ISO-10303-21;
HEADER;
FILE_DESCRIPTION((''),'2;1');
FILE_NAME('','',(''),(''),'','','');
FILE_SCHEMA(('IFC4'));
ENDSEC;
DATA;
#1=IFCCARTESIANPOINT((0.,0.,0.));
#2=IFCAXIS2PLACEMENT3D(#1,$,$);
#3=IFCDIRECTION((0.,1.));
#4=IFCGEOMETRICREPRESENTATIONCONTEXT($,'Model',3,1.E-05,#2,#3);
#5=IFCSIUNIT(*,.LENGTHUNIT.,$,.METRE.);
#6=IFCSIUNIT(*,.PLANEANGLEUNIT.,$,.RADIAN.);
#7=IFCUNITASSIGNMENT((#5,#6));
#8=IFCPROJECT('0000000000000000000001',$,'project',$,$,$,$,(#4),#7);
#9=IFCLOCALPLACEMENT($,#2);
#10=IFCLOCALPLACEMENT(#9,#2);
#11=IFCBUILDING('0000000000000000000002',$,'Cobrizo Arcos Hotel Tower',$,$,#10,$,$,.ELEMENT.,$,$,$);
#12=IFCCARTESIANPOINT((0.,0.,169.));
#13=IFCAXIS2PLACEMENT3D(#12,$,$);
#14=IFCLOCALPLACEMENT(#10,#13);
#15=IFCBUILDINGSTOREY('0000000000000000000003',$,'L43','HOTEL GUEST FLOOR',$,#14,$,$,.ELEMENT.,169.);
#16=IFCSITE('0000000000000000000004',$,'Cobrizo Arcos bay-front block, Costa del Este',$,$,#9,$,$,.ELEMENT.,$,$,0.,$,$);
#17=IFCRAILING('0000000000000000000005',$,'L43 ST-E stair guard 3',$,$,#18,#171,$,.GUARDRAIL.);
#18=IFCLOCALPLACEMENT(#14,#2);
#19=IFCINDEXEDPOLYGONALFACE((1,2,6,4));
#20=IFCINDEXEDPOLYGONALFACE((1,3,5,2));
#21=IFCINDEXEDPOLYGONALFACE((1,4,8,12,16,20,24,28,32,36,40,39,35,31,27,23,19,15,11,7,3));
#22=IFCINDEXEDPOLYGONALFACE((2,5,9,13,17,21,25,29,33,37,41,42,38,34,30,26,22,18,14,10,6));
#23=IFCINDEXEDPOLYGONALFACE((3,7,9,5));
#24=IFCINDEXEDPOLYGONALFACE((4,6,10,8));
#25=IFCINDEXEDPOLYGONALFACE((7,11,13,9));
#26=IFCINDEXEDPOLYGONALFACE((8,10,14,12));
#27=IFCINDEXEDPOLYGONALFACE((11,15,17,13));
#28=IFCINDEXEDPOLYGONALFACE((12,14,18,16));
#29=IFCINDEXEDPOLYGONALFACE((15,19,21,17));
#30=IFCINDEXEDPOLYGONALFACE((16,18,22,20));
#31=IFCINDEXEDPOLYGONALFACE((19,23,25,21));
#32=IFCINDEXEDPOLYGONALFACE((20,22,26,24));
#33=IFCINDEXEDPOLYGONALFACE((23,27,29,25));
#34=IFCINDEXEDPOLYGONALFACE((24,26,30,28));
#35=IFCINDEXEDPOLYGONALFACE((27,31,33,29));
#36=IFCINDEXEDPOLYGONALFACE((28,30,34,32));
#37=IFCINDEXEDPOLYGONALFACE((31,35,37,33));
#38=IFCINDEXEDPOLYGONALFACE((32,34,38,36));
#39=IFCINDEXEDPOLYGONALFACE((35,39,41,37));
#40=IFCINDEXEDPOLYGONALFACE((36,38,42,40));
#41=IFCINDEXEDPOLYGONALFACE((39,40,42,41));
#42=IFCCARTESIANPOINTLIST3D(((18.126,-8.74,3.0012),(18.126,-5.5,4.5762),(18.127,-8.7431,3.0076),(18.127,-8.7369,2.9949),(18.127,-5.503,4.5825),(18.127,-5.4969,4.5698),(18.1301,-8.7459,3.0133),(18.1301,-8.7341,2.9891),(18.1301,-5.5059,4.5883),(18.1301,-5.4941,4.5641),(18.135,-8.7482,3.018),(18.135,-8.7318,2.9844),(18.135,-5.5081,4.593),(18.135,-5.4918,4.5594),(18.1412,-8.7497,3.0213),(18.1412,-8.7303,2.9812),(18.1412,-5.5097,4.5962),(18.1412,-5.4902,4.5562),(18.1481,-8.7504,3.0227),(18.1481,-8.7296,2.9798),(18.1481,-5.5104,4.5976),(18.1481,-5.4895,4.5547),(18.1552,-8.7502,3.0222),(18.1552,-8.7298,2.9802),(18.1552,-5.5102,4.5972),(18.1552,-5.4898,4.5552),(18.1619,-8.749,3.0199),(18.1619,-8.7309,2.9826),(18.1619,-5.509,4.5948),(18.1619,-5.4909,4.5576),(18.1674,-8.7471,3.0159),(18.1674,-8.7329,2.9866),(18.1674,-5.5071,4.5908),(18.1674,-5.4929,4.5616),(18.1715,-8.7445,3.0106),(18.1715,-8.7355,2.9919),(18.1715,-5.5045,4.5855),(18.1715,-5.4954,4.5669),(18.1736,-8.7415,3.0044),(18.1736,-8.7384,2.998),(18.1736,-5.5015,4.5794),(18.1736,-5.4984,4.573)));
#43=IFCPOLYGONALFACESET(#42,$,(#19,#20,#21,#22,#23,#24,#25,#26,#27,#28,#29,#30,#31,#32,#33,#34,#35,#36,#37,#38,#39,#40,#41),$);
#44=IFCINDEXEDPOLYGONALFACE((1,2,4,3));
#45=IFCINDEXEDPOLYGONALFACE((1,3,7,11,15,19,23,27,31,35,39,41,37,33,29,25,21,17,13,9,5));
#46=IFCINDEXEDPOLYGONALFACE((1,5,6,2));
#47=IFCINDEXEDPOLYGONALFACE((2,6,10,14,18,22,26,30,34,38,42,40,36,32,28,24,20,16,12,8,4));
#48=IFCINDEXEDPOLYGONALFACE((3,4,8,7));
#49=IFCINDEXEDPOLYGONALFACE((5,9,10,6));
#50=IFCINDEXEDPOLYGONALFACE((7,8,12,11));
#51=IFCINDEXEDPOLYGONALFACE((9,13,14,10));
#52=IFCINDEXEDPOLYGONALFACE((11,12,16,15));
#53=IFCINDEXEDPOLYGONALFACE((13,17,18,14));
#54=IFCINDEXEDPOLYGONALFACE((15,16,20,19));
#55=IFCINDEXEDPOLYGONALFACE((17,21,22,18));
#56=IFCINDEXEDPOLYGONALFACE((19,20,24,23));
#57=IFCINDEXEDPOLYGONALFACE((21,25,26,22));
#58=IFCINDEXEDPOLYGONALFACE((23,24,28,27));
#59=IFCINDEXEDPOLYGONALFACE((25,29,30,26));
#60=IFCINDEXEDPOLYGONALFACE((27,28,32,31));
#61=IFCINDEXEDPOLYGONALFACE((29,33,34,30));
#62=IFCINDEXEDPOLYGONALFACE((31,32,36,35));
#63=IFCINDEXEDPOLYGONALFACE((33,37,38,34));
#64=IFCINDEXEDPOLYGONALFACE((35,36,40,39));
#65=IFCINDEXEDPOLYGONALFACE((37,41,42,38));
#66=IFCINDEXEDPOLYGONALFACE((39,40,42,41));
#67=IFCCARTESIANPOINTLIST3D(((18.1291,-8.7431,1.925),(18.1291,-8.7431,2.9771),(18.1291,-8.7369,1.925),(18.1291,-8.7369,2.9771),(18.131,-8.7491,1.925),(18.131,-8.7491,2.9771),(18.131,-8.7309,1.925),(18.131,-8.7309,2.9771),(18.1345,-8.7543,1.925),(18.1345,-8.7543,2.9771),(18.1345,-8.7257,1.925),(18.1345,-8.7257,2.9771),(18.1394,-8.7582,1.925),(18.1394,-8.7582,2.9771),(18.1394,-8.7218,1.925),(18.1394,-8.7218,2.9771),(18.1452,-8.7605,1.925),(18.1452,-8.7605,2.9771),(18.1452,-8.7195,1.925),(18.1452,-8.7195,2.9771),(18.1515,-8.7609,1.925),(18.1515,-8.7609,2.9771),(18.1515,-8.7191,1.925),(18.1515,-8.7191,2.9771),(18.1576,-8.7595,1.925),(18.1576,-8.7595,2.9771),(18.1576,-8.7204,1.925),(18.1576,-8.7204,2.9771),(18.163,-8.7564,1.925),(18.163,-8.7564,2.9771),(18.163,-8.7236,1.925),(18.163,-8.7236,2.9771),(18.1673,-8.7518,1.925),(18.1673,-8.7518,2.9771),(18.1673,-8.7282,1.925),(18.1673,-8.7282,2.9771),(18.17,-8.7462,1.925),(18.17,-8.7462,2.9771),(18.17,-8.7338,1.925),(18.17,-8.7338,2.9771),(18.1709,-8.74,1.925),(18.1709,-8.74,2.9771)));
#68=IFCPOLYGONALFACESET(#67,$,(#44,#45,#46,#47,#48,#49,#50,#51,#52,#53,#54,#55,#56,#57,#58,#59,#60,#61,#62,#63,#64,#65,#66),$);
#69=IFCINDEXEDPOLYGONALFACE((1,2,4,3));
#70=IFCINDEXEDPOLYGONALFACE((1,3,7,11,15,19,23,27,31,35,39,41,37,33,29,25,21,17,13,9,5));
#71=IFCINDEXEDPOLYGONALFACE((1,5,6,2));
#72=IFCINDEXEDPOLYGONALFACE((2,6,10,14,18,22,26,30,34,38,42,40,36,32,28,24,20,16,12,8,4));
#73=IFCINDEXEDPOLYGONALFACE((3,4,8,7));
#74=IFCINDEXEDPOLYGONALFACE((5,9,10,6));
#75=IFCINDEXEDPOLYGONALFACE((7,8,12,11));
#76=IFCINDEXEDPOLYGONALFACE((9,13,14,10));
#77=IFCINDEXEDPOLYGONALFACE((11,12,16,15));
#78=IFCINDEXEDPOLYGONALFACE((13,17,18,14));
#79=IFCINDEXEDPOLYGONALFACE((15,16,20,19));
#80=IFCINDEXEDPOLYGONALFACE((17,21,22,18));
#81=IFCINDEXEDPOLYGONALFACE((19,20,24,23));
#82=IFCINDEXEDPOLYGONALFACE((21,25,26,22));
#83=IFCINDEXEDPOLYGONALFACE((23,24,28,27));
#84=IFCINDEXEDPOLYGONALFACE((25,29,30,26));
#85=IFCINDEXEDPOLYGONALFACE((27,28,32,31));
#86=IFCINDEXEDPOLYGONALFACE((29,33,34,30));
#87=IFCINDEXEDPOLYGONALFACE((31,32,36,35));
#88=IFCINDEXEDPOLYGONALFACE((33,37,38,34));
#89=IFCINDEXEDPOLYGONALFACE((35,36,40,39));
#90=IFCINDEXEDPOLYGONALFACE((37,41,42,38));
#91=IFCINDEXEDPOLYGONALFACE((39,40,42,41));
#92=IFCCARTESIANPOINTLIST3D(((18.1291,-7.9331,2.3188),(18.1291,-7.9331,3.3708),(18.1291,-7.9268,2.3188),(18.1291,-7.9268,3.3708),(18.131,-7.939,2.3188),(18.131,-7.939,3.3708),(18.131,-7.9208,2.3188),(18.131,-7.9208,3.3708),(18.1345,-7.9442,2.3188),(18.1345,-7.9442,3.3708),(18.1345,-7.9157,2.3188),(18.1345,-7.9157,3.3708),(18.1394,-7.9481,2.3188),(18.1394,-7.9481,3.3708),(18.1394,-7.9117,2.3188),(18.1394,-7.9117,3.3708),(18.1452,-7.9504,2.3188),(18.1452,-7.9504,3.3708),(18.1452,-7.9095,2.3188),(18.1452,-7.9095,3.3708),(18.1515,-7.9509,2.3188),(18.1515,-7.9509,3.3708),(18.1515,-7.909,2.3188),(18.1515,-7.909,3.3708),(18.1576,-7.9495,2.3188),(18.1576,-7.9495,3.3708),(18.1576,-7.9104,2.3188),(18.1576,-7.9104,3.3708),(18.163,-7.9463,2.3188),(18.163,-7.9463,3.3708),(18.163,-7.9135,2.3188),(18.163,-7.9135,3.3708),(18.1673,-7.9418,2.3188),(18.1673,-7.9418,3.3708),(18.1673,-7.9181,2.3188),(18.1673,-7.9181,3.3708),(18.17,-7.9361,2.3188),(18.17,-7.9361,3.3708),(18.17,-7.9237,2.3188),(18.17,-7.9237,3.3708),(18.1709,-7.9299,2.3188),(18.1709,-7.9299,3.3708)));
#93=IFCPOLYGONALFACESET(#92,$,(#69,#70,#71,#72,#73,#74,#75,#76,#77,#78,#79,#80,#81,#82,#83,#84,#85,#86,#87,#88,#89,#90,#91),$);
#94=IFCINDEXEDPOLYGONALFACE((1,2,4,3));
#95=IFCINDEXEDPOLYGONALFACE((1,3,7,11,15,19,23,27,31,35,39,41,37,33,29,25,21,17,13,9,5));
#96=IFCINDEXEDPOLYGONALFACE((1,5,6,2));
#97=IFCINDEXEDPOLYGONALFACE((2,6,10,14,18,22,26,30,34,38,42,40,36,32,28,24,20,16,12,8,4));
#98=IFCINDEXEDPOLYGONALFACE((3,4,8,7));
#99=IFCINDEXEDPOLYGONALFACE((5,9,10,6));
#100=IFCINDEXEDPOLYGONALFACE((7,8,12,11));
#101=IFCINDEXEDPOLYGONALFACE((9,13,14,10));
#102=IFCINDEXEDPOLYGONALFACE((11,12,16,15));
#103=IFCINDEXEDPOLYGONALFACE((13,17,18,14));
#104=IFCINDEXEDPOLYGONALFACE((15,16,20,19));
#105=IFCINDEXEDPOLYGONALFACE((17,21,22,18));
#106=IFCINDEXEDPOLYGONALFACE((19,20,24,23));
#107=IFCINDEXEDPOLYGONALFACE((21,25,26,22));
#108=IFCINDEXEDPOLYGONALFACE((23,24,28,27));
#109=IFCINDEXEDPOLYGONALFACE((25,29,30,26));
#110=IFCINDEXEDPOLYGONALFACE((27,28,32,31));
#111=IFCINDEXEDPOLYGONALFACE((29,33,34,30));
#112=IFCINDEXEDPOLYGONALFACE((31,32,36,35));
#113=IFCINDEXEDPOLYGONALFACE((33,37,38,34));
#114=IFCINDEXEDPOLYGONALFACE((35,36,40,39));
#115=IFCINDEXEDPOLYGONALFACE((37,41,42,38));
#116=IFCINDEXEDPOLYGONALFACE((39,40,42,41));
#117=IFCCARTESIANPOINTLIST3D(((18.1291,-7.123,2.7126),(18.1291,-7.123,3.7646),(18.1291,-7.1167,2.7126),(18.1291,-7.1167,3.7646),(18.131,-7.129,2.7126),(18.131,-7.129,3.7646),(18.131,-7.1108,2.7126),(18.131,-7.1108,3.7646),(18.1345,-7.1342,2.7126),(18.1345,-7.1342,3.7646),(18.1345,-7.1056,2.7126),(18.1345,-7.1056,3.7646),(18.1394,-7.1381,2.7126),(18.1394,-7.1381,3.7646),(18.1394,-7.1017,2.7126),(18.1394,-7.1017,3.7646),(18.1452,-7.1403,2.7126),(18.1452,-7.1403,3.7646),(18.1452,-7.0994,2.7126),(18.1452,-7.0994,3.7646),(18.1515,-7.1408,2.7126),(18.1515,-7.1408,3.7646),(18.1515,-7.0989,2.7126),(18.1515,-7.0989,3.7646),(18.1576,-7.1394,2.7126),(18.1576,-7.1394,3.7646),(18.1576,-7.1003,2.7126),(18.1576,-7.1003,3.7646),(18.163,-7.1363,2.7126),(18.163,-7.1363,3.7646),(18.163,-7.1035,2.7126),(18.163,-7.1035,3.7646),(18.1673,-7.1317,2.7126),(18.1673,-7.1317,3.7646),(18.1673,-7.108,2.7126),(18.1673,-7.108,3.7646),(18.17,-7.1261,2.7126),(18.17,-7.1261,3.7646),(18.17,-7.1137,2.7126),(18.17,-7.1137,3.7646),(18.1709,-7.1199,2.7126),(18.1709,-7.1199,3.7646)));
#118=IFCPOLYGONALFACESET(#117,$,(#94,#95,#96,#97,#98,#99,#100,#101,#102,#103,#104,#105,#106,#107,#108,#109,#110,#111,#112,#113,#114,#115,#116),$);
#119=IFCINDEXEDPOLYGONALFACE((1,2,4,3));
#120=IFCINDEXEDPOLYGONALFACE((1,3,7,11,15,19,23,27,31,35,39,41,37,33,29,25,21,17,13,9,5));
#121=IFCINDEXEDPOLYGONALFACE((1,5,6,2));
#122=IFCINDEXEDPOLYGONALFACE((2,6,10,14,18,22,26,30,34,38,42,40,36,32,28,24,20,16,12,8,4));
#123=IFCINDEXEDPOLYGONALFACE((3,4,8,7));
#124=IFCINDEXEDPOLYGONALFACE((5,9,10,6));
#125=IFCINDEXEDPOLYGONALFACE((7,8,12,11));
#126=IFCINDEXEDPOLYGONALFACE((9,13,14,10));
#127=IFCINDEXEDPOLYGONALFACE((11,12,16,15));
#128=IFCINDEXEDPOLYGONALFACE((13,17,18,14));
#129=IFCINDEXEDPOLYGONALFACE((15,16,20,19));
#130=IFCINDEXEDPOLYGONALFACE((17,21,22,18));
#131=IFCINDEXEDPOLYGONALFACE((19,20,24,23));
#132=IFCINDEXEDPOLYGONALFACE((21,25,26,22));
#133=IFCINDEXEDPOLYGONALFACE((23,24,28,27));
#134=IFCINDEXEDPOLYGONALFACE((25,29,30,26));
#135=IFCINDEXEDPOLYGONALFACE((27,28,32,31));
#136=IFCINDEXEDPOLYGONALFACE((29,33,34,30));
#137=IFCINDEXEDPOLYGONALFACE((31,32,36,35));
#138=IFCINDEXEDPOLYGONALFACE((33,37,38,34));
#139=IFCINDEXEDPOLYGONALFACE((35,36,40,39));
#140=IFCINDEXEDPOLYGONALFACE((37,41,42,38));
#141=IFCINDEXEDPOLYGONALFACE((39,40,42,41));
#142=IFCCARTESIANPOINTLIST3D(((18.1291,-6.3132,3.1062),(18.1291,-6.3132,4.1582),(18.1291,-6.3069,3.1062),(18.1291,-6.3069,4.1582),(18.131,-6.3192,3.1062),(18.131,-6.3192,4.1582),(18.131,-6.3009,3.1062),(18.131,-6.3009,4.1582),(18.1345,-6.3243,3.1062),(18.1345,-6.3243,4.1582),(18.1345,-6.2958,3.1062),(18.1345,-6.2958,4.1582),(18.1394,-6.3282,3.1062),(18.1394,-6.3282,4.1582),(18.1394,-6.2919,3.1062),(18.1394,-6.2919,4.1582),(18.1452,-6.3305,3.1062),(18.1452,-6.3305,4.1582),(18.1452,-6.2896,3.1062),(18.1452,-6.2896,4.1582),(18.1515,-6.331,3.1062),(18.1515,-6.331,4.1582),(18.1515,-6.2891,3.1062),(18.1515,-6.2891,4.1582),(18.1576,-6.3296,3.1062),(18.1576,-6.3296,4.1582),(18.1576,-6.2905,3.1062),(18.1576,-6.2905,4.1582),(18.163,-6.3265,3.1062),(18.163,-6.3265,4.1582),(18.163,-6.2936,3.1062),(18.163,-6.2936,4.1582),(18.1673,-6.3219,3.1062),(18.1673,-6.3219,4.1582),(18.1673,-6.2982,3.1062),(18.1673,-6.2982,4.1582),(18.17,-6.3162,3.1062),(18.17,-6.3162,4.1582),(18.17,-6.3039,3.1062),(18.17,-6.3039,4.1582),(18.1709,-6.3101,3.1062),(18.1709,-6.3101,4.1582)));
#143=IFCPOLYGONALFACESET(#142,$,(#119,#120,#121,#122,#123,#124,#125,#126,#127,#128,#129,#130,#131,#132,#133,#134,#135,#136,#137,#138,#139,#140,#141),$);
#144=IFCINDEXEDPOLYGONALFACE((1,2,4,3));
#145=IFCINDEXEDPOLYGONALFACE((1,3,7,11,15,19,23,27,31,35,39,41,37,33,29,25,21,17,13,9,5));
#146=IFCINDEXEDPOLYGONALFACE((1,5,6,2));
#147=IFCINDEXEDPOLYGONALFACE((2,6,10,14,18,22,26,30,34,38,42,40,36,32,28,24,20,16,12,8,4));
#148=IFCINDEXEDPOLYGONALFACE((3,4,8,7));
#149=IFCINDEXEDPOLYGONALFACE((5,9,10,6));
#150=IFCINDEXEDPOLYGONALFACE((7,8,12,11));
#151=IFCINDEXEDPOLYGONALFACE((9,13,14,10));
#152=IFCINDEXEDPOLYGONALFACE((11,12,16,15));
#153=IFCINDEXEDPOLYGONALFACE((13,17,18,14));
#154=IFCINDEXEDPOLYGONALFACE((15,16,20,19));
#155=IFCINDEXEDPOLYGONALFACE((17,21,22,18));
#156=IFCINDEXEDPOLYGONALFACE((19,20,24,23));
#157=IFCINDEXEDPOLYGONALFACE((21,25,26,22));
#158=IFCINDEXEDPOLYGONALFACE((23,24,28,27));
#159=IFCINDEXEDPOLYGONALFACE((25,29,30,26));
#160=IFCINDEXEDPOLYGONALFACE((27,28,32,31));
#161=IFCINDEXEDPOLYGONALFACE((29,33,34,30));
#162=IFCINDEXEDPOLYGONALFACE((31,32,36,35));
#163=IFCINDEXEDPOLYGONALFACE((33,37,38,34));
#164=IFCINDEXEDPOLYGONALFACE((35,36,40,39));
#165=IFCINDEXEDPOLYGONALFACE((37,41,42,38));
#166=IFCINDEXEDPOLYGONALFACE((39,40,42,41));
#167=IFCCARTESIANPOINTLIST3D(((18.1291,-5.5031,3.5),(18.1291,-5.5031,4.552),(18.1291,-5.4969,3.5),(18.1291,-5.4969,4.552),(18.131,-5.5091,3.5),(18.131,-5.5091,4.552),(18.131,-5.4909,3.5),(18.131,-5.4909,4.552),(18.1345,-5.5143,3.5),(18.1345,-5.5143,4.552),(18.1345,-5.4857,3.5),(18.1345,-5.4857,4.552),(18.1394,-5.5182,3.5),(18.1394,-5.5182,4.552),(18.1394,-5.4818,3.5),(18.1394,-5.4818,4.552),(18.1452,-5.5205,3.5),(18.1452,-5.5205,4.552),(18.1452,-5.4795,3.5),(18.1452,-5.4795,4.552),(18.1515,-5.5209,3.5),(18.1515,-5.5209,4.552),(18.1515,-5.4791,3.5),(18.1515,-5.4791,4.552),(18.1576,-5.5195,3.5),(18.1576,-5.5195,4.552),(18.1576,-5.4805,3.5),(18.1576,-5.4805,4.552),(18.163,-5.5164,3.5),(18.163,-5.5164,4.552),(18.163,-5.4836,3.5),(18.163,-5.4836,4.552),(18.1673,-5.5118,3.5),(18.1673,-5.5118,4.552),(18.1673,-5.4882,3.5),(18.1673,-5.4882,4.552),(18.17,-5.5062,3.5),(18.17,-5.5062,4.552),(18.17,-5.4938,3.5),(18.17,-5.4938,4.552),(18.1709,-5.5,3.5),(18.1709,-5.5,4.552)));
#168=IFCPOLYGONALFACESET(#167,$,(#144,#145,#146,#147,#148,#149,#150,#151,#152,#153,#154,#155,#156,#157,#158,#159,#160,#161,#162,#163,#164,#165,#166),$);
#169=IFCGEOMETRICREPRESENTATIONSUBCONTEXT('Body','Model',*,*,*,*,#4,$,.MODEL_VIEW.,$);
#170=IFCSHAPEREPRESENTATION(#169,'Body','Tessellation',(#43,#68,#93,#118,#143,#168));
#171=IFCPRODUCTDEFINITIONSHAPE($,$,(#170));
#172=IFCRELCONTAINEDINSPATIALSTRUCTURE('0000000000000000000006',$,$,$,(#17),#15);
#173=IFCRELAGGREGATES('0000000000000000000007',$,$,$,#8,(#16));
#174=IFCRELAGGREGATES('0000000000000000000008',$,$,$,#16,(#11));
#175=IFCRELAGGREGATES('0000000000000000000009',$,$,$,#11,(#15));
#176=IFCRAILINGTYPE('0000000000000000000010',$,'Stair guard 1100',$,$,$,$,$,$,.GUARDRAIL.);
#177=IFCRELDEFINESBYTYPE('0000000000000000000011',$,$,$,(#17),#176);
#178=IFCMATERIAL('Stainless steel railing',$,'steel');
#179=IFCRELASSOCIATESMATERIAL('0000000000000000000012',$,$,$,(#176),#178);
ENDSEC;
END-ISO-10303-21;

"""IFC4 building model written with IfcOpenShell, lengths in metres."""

from ifc_helpers import new_model, si_unit, direction, frame, origin, origin_2d, place, context, subcontext, project, spatial, circle, extrude, material, type_object, element, save


model = new_model("IFC4")

# Units and contexts
model_context = context("Model", 3, precision=1e-05, world=origin(), true_north=direction((0.0, 1.0)))
body_context = subcontext(model_context, "Body", "Model", "MODEL_VIEW")
ifc_project = project(units=[si_unit("LENGTHUNIT", "METRE"), si_unit("PLANEANGLEUNIT", "RADIAN")], contexts=[model_context])

# Site, building, storey
site_placement = place(None, origin())
site = spatial("IfcSite", under=ifc_project, at=site_placement, Name="Cobrizo Arcos bay-front block, Costa del Este", CompositionType="ELEMENT", RefElevation=0.0)
building_placement = place(site_placement, origin())
building = spatial("IfcBuilding", under=site, at=building_placement, Name="Cobrizo Arcos Hotel Tower", CompositionType="ELEMENT")
storey_placement = place(building_placement, frame((0.0, 0.0, 169.0)))
storey = spatial("IfcBuildingStorey", under=building, at=storey_placement, Name="L43", Description="HOTEL GUEST FLOOR", CompositionType="ELEMENT", Elevation=169.0)

# Railing
ifc_material_1 = material(Name="Stainless steel railing", Category="steel")
railing_type_1 = type_object("IfcRailingType", Name="Stair guard 1100", PredefinedType="GUARDRAIL", material=ifc_material_1)
railing_1_placement = place(storey_placement, frame((18.1499, -8.74, 1.925)))
element("IfcRailing", 1, at=railing_1_placement, inside=storey, type_object=railing_type_1, Name="L43 ST-E stair guard 3", PredefinedType="GUARDRAIL", context=body_context, shape_type="SweptSolid", body=[
    extrude(circle(Radius=0.0239, at=origin_2d()), frame((0.0, 0.0, 1.0762), z_axis=(0.0, 0.899373, 0.437183), x_axis=(-1.0, 0.0, 0.0)), (0.0, 0.0, 1.0), 3.6025),
    extrude(circle(Radius=0.021, at=origin_2d()), origin(), (0.0, 0.0, 1.0), 1.052),
    extrude(circle(Radius=0.021, at=origin_2d()), frame((0.0, 0.8101, 0.3938)), (0.0, 0.0, 1.0), 1.052),
    extrude(circle(Radius=0.021, at=origin_2d()), frame((0.0, 1.6201, 0.7876)), (0.0, 0.0, 1.0), 1.052),
    extrude(circle(Radius=0.021, at=origin_2d()), frame((0.0, 2.4299, 1.1812)), (0.0, 0.0, 1.0), 1.052),
    extrude(circle(Radius=0.021, at=origin_2d()), frame((0.0, 3.24, 1.575)), (0.0, 0.0, 1.0), 1.052),
])

save(model, "model.ifc")
